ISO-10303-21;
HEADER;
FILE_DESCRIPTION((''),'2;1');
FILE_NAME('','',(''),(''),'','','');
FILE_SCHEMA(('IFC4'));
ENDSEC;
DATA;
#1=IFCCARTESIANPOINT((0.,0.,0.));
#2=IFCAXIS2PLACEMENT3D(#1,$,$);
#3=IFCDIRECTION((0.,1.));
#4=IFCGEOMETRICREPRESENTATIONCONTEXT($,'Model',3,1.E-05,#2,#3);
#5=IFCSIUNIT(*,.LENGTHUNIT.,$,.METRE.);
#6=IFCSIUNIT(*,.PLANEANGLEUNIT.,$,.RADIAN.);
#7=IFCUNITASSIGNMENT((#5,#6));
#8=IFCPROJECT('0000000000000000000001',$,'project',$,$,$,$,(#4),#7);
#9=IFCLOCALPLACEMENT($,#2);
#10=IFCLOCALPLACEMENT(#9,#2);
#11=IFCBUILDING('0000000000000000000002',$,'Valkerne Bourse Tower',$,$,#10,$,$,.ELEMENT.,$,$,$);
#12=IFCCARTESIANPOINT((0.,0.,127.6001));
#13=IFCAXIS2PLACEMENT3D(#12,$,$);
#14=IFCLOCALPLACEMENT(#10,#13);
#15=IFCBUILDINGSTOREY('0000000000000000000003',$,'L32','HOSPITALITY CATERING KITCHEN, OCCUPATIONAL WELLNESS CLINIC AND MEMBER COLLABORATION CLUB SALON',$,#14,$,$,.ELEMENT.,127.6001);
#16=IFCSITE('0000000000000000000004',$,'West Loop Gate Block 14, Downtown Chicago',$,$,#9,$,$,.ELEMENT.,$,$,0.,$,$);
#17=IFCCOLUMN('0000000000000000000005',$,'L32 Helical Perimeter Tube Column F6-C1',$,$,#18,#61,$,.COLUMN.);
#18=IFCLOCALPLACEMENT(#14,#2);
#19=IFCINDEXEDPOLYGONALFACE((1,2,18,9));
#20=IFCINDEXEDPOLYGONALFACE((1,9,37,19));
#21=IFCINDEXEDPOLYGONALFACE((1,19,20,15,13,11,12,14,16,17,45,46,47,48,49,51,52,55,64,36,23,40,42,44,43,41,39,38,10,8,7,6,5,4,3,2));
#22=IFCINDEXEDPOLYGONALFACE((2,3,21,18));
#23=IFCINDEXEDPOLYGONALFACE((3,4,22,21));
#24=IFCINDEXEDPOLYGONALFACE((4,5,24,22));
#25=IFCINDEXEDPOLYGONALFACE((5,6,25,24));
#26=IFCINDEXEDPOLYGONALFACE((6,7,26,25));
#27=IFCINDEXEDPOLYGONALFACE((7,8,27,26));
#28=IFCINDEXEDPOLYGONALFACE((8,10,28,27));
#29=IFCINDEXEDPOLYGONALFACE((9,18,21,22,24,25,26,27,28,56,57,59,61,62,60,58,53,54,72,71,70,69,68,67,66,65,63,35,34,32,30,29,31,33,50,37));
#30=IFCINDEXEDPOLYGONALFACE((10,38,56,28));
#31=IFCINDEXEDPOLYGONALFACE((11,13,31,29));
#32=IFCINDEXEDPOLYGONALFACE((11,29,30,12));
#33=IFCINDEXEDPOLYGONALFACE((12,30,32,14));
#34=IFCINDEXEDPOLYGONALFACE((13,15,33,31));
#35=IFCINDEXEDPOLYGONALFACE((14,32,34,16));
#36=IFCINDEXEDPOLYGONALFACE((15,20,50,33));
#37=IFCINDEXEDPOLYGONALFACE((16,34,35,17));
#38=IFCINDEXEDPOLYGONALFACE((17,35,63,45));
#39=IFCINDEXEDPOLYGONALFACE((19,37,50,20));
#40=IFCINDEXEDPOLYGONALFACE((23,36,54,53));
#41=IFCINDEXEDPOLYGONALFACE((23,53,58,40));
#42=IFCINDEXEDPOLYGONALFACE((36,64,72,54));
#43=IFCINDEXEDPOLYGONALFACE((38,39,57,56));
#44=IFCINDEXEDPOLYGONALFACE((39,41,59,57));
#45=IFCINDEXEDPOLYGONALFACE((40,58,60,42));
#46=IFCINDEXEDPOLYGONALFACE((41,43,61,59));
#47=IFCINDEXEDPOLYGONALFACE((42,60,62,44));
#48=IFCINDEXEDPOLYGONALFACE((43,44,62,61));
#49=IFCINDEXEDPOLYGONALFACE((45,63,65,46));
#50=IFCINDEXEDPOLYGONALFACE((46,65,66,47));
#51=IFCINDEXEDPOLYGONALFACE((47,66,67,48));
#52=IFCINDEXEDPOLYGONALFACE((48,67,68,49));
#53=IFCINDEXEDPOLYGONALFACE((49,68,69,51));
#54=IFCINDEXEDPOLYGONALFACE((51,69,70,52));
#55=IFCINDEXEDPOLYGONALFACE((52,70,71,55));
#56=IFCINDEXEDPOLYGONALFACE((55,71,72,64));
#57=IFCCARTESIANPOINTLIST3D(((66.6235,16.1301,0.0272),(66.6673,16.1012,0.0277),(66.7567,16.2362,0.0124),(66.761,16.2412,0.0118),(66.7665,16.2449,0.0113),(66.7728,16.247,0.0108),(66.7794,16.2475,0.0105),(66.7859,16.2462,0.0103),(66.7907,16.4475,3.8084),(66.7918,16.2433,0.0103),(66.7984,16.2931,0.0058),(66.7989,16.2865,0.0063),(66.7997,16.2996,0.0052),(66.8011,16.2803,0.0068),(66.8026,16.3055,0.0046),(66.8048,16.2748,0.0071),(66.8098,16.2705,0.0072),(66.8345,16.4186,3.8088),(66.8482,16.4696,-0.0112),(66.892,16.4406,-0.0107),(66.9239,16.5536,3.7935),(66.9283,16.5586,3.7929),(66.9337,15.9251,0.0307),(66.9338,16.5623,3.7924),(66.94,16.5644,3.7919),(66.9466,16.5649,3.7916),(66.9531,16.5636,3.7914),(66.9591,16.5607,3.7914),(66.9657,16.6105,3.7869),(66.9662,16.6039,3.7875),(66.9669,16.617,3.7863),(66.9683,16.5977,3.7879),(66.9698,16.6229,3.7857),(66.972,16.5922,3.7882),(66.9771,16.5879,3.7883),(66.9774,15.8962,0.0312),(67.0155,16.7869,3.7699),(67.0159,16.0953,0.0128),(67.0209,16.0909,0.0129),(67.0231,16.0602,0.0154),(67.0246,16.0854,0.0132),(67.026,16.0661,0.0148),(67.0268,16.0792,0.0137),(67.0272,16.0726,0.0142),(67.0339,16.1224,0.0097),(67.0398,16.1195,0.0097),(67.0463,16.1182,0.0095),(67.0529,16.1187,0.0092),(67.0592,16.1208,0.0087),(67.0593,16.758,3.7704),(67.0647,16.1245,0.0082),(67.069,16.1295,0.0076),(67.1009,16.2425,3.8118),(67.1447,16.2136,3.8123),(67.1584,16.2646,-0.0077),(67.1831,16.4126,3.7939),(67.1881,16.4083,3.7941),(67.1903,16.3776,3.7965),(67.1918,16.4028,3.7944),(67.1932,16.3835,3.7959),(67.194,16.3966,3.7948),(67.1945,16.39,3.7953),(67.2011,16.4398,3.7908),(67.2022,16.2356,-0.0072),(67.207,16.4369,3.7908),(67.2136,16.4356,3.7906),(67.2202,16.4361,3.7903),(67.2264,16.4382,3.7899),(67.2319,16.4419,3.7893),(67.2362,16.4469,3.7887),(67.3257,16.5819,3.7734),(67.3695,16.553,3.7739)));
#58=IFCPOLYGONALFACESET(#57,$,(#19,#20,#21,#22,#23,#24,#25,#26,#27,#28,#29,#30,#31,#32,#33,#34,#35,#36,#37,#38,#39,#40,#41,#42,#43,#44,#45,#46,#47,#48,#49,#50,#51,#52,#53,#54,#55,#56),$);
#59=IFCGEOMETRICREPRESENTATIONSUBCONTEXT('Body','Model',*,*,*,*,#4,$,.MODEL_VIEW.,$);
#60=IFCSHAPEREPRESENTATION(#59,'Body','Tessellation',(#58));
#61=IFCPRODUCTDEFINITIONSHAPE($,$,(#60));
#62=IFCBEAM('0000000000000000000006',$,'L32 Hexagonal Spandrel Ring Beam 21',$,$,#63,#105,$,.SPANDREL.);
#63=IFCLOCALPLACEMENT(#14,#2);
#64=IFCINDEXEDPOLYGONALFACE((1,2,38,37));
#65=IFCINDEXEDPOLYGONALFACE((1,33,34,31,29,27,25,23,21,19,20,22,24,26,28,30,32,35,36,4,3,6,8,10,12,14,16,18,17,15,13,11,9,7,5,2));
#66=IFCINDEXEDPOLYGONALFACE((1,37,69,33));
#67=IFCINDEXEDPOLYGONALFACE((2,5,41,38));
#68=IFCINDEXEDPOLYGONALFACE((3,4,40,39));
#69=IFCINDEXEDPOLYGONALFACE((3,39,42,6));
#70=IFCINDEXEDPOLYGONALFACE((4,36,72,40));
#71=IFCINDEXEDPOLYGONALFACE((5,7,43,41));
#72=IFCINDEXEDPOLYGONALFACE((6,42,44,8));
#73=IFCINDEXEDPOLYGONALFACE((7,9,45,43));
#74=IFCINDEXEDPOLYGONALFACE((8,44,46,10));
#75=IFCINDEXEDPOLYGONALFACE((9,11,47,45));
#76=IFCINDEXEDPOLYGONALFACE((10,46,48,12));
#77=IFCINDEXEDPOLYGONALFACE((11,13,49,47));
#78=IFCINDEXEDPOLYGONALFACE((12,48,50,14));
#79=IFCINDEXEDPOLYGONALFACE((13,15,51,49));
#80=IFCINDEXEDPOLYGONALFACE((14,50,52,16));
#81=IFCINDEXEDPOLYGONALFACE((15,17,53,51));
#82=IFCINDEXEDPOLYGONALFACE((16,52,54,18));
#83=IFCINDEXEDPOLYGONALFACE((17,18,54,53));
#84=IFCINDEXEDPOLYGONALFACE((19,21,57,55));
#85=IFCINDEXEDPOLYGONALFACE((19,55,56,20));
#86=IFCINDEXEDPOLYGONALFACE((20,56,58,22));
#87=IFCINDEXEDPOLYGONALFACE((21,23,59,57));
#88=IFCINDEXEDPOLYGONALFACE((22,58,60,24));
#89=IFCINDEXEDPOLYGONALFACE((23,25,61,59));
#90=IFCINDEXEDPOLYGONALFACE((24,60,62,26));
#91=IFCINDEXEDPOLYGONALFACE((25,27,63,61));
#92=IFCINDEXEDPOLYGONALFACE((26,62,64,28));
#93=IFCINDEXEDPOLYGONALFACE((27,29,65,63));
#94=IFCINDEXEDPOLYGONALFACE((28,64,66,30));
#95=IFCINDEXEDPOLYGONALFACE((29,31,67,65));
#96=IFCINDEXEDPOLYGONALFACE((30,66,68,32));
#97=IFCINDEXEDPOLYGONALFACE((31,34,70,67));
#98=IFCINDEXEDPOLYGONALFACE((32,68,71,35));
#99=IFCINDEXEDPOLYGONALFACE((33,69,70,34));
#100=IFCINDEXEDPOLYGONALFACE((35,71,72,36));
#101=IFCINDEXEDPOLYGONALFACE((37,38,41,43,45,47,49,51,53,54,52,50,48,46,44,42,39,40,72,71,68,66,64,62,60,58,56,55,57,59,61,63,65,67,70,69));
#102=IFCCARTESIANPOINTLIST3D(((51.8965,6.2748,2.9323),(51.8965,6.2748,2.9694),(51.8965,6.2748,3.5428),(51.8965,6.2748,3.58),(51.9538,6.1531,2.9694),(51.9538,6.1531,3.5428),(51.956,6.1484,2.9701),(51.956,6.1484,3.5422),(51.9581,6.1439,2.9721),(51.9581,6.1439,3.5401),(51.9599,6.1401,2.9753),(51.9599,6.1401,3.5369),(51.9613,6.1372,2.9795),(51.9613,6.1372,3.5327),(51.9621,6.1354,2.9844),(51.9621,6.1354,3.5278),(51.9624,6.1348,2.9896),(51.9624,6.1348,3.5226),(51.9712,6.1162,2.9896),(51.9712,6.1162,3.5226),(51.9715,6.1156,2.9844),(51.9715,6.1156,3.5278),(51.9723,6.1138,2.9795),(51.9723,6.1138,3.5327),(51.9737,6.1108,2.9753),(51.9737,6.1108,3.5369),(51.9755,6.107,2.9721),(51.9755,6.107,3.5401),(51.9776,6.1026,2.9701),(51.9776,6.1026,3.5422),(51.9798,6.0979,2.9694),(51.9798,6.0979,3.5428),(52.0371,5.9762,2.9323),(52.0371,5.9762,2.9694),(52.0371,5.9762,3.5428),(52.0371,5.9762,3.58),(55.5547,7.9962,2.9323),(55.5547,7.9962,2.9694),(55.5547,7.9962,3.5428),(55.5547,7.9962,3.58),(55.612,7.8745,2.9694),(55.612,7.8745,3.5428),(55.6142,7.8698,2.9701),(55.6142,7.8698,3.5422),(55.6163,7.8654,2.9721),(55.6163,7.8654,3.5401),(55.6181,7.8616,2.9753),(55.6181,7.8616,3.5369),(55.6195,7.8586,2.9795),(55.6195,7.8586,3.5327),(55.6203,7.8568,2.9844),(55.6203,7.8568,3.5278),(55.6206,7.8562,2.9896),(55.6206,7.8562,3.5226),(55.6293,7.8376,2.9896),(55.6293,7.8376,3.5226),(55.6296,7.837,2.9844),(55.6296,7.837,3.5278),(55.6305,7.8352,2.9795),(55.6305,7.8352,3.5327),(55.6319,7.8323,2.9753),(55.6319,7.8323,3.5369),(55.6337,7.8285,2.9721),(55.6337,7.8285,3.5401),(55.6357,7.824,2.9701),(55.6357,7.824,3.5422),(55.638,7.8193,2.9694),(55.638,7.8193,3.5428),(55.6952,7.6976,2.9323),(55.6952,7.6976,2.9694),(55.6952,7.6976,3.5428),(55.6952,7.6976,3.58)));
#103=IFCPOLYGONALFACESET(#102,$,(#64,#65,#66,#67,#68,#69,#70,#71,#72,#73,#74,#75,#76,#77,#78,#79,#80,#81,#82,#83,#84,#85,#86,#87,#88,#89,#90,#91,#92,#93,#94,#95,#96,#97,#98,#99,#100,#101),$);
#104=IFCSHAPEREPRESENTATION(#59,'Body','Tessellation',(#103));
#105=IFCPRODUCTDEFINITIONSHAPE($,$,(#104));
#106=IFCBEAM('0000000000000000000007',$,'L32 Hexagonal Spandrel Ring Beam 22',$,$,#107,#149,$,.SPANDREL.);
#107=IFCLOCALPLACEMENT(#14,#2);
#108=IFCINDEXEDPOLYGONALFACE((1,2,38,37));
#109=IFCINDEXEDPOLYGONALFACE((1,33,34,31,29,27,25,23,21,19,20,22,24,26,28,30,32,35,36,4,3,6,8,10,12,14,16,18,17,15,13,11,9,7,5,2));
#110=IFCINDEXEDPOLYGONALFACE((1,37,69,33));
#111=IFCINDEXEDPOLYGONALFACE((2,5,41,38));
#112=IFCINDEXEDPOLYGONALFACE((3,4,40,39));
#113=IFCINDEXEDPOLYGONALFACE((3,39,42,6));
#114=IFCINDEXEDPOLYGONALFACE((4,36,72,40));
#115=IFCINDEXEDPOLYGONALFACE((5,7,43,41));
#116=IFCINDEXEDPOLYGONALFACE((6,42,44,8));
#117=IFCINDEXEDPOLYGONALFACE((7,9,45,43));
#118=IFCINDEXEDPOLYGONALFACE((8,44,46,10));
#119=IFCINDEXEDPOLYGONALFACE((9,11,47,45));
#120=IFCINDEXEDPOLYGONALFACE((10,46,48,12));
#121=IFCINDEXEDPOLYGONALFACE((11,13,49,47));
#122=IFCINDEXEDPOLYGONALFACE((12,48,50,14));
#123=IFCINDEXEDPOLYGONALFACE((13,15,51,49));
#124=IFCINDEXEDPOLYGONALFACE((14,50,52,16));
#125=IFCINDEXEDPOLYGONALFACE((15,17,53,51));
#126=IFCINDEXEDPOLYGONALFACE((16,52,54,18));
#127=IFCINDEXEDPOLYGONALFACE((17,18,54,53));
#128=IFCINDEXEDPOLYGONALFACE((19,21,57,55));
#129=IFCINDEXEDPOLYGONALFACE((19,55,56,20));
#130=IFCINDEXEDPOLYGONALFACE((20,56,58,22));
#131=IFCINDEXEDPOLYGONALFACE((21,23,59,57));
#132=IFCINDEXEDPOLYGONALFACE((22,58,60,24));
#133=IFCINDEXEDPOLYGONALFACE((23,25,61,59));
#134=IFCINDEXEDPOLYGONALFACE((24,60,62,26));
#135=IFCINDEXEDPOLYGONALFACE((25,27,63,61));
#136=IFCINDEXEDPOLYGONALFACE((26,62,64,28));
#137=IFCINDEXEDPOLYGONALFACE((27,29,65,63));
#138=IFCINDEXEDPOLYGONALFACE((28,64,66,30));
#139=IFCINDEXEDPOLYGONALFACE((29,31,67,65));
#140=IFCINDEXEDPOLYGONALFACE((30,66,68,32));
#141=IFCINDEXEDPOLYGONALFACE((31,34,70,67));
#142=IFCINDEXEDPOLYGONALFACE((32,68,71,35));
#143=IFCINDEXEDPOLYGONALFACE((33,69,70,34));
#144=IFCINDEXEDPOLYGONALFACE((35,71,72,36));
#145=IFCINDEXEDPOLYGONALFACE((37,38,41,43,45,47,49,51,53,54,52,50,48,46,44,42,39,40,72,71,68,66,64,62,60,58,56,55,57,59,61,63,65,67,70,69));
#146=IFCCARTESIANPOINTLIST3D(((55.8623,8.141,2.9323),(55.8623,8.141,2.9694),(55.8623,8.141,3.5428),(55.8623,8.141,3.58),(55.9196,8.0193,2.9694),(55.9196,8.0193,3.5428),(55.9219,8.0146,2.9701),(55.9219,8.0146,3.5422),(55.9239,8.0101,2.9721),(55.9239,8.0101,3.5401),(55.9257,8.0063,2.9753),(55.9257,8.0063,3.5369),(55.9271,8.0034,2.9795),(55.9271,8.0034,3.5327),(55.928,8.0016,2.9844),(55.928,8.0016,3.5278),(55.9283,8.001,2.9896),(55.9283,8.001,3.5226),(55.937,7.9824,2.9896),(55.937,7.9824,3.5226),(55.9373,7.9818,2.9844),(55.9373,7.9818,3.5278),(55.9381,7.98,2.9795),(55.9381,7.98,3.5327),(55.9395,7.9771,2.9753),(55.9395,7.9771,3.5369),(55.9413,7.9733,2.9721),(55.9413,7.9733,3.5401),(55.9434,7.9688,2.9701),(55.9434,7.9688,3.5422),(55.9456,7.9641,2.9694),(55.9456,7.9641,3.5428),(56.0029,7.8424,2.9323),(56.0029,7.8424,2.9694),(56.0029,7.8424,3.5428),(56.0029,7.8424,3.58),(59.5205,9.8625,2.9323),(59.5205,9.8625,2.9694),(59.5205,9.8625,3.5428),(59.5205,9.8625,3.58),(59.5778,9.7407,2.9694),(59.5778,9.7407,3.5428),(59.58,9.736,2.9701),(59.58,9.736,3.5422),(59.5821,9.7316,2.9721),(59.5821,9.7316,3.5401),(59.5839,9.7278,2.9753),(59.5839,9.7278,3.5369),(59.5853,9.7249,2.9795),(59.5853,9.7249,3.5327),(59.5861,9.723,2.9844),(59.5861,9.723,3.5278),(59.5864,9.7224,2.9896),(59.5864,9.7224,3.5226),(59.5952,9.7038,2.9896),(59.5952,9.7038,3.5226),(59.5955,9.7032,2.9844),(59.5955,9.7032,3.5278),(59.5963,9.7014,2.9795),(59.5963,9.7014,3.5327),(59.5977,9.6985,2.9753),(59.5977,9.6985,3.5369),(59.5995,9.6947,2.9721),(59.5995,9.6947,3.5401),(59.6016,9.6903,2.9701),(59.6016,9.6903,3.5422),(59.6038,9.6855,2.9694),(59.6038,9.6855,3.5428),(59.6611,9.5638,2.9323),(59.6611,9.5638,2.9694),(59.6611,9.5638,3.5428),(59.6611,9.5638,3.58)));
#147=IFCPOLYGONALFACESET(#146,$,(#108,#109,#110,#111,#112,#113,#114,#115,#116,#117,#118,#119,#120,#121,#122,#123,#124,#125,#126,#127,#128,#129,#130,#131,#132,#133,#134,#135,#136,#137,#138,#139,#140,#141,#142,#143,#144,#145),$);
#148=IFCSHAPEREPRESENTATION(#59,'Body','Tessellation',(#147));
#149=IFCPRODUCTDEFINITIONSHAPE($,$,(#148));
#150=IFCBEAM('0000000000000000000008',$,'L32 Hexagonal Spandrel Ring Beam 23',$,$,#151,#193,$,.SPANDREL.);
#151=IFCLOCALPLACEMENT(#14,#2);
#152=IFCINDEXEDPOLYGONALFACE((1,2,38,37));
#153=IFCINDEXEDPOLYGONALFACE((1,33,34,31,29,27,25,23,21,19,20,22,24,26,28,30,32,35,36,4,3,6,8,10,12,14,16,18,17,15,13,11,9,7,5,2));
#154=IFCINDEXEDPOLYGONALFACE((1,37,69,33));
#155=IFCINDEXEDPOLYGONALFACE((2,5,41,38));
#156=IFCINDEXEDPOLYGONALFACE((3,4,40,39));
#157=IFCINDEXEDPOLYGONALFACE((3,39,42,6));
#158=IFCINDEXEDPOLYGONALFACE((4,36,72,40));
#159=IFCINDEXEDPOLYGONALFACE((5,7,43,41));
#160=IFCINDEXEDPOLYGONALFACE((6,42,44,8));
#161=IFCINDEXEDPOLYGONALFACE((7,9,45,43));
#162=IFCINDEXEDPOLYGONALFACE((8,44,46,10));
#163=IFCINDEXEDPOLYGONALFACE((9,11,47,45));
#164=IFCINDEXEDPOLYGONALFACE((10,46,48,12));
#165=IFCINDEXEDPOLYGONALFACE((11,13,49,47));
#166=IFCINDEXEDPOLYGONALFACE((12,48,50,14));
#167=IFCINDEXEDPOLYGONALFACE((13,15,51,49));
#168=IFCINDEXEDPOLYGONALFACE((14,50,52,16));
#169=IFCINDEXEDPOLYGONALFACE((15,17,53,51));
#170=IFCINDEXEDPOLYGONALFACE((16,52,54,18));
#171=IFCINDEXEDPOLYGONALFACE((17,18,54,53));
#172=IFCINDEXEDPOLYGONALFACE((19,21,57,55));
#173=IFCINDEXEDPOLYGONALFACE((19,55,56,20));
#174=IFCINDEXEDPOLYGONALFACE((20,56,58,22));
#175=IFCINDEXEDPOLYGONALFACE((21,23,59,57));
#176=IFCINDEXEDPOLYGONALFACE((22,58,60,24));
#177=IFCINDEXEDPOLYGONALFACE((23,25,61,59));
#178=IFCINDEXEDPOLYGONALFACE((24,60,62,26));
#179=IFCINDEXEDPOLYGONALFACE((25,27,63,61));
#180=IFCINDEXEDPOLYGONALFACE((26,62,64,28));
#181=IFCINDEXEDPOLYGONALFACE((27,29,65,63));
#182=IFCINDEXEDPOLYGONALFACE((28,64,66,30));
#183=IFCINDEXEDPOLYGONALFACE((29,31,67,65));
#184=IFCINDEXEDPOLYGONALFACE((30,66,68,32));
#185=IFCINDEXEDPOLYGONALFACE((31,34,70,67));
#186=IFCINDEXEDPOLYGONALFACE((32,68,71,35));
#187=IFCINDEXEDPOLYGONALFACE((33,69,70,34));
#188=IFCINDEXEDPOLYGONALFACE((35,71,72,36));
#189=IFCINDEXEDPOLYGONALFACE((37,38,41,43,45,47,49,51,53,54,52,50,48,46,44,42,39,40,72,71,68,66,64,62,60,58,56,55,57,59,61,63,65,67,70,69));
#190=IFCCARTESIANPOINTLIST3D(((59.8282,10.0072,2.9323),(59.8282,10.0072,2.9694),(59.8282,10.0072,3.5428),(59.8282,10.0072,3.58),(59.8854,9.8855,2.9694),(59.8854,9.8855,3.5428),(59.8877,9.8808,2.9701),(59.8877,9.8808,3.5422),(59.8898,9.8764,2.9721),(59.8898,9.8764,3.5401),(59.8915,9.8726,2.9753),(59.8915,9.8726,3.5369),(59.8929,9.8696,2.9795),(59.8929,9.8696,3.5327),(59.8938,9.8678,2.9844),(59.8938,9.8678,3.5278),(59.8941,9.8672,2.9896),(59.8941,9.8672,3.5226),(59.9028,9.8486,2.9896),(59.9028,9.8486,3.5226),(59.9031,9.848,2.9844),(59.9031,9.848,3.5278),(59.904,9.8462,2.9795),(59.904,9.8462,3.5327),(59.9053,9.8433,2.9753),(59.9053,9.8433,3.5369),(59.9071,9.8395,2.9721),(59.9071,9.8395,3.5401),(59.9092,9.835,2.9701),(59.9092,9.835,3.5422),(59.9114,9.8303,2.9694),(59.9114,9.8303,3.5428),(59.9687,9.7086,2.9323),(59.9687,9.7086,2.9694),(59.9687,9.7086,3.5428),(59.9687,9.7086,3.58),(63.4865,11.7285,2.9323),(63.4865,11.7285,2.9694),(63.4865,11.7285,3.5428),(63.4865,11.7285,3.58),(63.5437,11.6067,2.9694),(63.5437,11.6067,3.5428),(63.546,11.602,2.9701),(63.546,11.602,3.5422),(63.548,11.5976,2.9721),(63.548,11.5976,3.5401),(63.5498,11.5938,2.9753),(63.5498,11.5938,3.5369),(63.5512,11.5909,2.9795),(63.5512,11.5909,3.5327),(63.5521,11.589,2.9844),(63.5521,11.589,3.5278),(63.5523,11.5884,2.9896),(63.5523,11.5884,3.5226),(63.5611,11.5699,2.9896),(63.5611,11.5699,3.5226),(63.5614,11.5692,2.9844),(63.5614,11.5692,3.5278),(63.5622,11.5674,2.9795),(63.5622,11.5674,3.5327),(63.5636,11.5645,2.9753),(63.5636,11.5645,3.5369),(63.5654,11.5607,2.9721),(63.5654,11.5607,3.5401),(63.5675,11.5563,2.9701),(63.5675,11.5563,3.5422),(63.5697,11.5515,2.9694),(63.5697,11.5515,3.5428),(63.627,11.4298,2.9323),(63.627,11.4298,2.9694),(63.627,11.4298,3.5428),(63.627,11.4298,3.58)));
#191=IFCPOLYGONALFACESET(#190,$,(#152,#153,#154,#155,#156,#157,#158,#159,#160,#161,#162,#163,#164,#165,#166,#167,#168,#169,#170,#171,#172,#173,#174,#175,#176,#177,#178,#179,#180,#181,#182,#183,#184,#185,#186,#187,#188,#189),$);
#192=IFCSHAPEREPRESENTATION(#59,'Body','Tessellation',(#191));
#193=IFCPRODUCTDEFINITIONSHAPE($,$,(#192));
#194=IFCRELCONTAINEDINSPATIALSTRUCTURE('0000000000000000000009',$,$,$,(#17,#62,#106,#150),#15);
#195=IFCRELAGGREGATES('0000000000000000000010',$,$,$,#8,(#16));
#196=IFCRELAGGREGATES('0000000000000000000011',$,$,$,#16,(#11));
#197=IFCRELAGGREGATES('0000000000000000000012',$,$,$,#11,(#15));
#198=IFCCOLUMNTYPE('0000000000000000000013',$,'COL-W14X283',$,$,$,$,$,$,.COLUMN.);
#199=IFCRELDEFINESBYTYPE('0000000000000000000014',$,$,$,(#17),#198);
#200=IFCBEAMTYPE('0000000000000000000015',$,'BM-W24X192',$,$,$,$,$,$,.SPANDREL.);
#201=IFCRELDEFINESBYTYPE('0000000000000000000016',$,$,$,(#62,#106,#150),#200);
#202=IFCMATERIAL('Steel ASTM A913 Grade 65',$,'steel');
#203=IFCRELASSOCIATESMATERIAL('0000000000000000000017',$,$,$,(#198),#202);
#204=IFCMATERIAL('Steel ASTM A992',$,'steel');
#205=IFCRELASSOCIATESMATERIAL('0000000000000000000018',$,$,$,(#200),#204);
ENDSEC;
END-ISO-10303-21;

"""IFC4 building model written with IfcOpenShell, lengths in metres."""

from ifc_helpers import new_model, si_unit, direction, frame, origin, origin_2d, place, context, subcontext, project, spatial, i_section, extrude, material, material_profile, profile_set, type_object, element, save


model = new_model("IFC4")

# Units and contexts
model_context = context("Model", 3, precision=1e-05, world=origin(), true_north=direction((0.0, 1.0)))
body_context = subcontext(model_context, "Body", "Model", "MODEL_VIEW")
ifc_project = project(units=[si_unit("LENGTHUNIT", "METRE"), si_unit("PLANEANGLEUNIT", "RADIAN")], contexts=[model_context])

# Site, building, storey
site_placement = place(None, origin())
site = spatial("IfcSite", under=ifc_project, at=site_placement, Name="West Loop Gate Block 14, Downtown Chicago", CompositionType="ELEMENT", RefElevation=0.0)
building_placement = place(site_placement, origin())
building = spatial("IfcBuilding", under=site, at=building_placement, Name="Valkerne Bourse Tower", CompositionType="ELEMENT")
storey_placement = place(building_placement, frame((0.0, 0.0, 127.6001)))
storey = spatial("IfcBuildingStorey", under=building, at=storey_placement, Name="L32", Description="HOSPITALITY CATERING KITCHEN, OCCUPATIONAL WELLNESS CLINIC AND MEMBER COLLABORATION CLUB SALON", CompositionType="ELEMENT", Elevation=127.6001)

# Column
ifc_material_1 = material(Name="Steel ASTM A913 Grade 65", Category="steel")
ifc_material_profile_1 = material_profile(ifc_material_1, i_section(OverallWidth=0.4089, OverallDepth=0.4243, WebThickness=0.0327, FlangeThickness=0.0525, FilletRadius=0.0254, at=origin_2d()), Name="W14X283")
ifc_profile_set_1 = profile_set([ifc_material_profile_1], Name="Steel ASTM A913 Grade 65")
column_type = type_object("IfcColumnType", Name="COL-W14X283", PredefinedType="COLUMN", material=ifc_profile_set_1)
for number, where, z_axis, x_axis, name in (
    (1, (66.9128, 16.1829, 0.01), (0.044033, 0.083566, 0.995529), (-0.549656, -0.830087, 0.09399), "L32 Helical Perimeter Tube Column F6-C1"),
):
    element("IfcColumn", number, at=place(storey_placement, frame(where, z_axis=z_axis, x_axis=x_axis)), inside=storey, type_object=column_type, Name=name, PredefinedType="COLUMN", context=body_context, shape_type="SweptSolid", body=[
        extrude(i_section(OverallWidth=0.4089, OverallDepth=0.4243, WebThickness=0.0327, FlangeThickness=0.0525, FilletRadius=0.0254, at=origin_2d()), origin(), (0.0, 0.0, 1.0), 3.7981),
    ])

# Beams
ifc_material_2 = material(Name="Steel ASTM A992", Category="steel")
ifc_material_profile_2 = material_profile(ifc_material_2, i_section(OverallWidth=0.3301, OverallDepth=0.6477, WebThickness=0.0205, FlangeThickness=0.0371, FilletRadius=0.0203, at=origin_2d()), Name="W24X192")
ifc_profile_set_2 = profile_set([ifc_material_profile_2], Name="Steel ASTM A992")
beam_type = type_object("IfcBeamType", Name="BM-W24X192", PredefinedType="SPANDREL", material=ifc_profile_set_2)
for number, where, z_axis, x_axis, name in (
    (2, (51.9668, 6.1255, 3.2561), (0.904826, 0.425782, 0.0), (-0.425782, 0.904826, 0.0), "L32 Hexagonal Spandrel Ring Beam 21"),
    (3, (55.9326, 7.9917, 3.2561), (0.904826, 0.425782, 0.0), (-0.425782, 0.904826, 0.0), "L32 Hexagonal Spandrel Ring Beam 22"),
    (4, (59.8984, 9.8579, 3.2561), (0.904849, 0.425733, 0.0), (-0.425733, 0.904849, 0.0), "L32 Hexagonal Spandrel Ring Beam 23"),
):
    element("IfcBeam", number, at=place(storey_placement, frame(where, z_axis=z_axis, x_axis=x_axis)), inside=storey, type_object=beam_type, Name=name, PredefinedType="SPANDREL", context=body_context, shape_type="SweptSolid", body=[
        extrude(i_section(OverallWidth=0.3301, OverallDepth=0.6477, WebThickness=0.0205, FlangeThickness=0.0371, FilletRadius=0.0203, at=origin_2d()), origin(), (0.0, 0.0, 1.0), 4.043),
    ])

save(model, "model.ifc")
